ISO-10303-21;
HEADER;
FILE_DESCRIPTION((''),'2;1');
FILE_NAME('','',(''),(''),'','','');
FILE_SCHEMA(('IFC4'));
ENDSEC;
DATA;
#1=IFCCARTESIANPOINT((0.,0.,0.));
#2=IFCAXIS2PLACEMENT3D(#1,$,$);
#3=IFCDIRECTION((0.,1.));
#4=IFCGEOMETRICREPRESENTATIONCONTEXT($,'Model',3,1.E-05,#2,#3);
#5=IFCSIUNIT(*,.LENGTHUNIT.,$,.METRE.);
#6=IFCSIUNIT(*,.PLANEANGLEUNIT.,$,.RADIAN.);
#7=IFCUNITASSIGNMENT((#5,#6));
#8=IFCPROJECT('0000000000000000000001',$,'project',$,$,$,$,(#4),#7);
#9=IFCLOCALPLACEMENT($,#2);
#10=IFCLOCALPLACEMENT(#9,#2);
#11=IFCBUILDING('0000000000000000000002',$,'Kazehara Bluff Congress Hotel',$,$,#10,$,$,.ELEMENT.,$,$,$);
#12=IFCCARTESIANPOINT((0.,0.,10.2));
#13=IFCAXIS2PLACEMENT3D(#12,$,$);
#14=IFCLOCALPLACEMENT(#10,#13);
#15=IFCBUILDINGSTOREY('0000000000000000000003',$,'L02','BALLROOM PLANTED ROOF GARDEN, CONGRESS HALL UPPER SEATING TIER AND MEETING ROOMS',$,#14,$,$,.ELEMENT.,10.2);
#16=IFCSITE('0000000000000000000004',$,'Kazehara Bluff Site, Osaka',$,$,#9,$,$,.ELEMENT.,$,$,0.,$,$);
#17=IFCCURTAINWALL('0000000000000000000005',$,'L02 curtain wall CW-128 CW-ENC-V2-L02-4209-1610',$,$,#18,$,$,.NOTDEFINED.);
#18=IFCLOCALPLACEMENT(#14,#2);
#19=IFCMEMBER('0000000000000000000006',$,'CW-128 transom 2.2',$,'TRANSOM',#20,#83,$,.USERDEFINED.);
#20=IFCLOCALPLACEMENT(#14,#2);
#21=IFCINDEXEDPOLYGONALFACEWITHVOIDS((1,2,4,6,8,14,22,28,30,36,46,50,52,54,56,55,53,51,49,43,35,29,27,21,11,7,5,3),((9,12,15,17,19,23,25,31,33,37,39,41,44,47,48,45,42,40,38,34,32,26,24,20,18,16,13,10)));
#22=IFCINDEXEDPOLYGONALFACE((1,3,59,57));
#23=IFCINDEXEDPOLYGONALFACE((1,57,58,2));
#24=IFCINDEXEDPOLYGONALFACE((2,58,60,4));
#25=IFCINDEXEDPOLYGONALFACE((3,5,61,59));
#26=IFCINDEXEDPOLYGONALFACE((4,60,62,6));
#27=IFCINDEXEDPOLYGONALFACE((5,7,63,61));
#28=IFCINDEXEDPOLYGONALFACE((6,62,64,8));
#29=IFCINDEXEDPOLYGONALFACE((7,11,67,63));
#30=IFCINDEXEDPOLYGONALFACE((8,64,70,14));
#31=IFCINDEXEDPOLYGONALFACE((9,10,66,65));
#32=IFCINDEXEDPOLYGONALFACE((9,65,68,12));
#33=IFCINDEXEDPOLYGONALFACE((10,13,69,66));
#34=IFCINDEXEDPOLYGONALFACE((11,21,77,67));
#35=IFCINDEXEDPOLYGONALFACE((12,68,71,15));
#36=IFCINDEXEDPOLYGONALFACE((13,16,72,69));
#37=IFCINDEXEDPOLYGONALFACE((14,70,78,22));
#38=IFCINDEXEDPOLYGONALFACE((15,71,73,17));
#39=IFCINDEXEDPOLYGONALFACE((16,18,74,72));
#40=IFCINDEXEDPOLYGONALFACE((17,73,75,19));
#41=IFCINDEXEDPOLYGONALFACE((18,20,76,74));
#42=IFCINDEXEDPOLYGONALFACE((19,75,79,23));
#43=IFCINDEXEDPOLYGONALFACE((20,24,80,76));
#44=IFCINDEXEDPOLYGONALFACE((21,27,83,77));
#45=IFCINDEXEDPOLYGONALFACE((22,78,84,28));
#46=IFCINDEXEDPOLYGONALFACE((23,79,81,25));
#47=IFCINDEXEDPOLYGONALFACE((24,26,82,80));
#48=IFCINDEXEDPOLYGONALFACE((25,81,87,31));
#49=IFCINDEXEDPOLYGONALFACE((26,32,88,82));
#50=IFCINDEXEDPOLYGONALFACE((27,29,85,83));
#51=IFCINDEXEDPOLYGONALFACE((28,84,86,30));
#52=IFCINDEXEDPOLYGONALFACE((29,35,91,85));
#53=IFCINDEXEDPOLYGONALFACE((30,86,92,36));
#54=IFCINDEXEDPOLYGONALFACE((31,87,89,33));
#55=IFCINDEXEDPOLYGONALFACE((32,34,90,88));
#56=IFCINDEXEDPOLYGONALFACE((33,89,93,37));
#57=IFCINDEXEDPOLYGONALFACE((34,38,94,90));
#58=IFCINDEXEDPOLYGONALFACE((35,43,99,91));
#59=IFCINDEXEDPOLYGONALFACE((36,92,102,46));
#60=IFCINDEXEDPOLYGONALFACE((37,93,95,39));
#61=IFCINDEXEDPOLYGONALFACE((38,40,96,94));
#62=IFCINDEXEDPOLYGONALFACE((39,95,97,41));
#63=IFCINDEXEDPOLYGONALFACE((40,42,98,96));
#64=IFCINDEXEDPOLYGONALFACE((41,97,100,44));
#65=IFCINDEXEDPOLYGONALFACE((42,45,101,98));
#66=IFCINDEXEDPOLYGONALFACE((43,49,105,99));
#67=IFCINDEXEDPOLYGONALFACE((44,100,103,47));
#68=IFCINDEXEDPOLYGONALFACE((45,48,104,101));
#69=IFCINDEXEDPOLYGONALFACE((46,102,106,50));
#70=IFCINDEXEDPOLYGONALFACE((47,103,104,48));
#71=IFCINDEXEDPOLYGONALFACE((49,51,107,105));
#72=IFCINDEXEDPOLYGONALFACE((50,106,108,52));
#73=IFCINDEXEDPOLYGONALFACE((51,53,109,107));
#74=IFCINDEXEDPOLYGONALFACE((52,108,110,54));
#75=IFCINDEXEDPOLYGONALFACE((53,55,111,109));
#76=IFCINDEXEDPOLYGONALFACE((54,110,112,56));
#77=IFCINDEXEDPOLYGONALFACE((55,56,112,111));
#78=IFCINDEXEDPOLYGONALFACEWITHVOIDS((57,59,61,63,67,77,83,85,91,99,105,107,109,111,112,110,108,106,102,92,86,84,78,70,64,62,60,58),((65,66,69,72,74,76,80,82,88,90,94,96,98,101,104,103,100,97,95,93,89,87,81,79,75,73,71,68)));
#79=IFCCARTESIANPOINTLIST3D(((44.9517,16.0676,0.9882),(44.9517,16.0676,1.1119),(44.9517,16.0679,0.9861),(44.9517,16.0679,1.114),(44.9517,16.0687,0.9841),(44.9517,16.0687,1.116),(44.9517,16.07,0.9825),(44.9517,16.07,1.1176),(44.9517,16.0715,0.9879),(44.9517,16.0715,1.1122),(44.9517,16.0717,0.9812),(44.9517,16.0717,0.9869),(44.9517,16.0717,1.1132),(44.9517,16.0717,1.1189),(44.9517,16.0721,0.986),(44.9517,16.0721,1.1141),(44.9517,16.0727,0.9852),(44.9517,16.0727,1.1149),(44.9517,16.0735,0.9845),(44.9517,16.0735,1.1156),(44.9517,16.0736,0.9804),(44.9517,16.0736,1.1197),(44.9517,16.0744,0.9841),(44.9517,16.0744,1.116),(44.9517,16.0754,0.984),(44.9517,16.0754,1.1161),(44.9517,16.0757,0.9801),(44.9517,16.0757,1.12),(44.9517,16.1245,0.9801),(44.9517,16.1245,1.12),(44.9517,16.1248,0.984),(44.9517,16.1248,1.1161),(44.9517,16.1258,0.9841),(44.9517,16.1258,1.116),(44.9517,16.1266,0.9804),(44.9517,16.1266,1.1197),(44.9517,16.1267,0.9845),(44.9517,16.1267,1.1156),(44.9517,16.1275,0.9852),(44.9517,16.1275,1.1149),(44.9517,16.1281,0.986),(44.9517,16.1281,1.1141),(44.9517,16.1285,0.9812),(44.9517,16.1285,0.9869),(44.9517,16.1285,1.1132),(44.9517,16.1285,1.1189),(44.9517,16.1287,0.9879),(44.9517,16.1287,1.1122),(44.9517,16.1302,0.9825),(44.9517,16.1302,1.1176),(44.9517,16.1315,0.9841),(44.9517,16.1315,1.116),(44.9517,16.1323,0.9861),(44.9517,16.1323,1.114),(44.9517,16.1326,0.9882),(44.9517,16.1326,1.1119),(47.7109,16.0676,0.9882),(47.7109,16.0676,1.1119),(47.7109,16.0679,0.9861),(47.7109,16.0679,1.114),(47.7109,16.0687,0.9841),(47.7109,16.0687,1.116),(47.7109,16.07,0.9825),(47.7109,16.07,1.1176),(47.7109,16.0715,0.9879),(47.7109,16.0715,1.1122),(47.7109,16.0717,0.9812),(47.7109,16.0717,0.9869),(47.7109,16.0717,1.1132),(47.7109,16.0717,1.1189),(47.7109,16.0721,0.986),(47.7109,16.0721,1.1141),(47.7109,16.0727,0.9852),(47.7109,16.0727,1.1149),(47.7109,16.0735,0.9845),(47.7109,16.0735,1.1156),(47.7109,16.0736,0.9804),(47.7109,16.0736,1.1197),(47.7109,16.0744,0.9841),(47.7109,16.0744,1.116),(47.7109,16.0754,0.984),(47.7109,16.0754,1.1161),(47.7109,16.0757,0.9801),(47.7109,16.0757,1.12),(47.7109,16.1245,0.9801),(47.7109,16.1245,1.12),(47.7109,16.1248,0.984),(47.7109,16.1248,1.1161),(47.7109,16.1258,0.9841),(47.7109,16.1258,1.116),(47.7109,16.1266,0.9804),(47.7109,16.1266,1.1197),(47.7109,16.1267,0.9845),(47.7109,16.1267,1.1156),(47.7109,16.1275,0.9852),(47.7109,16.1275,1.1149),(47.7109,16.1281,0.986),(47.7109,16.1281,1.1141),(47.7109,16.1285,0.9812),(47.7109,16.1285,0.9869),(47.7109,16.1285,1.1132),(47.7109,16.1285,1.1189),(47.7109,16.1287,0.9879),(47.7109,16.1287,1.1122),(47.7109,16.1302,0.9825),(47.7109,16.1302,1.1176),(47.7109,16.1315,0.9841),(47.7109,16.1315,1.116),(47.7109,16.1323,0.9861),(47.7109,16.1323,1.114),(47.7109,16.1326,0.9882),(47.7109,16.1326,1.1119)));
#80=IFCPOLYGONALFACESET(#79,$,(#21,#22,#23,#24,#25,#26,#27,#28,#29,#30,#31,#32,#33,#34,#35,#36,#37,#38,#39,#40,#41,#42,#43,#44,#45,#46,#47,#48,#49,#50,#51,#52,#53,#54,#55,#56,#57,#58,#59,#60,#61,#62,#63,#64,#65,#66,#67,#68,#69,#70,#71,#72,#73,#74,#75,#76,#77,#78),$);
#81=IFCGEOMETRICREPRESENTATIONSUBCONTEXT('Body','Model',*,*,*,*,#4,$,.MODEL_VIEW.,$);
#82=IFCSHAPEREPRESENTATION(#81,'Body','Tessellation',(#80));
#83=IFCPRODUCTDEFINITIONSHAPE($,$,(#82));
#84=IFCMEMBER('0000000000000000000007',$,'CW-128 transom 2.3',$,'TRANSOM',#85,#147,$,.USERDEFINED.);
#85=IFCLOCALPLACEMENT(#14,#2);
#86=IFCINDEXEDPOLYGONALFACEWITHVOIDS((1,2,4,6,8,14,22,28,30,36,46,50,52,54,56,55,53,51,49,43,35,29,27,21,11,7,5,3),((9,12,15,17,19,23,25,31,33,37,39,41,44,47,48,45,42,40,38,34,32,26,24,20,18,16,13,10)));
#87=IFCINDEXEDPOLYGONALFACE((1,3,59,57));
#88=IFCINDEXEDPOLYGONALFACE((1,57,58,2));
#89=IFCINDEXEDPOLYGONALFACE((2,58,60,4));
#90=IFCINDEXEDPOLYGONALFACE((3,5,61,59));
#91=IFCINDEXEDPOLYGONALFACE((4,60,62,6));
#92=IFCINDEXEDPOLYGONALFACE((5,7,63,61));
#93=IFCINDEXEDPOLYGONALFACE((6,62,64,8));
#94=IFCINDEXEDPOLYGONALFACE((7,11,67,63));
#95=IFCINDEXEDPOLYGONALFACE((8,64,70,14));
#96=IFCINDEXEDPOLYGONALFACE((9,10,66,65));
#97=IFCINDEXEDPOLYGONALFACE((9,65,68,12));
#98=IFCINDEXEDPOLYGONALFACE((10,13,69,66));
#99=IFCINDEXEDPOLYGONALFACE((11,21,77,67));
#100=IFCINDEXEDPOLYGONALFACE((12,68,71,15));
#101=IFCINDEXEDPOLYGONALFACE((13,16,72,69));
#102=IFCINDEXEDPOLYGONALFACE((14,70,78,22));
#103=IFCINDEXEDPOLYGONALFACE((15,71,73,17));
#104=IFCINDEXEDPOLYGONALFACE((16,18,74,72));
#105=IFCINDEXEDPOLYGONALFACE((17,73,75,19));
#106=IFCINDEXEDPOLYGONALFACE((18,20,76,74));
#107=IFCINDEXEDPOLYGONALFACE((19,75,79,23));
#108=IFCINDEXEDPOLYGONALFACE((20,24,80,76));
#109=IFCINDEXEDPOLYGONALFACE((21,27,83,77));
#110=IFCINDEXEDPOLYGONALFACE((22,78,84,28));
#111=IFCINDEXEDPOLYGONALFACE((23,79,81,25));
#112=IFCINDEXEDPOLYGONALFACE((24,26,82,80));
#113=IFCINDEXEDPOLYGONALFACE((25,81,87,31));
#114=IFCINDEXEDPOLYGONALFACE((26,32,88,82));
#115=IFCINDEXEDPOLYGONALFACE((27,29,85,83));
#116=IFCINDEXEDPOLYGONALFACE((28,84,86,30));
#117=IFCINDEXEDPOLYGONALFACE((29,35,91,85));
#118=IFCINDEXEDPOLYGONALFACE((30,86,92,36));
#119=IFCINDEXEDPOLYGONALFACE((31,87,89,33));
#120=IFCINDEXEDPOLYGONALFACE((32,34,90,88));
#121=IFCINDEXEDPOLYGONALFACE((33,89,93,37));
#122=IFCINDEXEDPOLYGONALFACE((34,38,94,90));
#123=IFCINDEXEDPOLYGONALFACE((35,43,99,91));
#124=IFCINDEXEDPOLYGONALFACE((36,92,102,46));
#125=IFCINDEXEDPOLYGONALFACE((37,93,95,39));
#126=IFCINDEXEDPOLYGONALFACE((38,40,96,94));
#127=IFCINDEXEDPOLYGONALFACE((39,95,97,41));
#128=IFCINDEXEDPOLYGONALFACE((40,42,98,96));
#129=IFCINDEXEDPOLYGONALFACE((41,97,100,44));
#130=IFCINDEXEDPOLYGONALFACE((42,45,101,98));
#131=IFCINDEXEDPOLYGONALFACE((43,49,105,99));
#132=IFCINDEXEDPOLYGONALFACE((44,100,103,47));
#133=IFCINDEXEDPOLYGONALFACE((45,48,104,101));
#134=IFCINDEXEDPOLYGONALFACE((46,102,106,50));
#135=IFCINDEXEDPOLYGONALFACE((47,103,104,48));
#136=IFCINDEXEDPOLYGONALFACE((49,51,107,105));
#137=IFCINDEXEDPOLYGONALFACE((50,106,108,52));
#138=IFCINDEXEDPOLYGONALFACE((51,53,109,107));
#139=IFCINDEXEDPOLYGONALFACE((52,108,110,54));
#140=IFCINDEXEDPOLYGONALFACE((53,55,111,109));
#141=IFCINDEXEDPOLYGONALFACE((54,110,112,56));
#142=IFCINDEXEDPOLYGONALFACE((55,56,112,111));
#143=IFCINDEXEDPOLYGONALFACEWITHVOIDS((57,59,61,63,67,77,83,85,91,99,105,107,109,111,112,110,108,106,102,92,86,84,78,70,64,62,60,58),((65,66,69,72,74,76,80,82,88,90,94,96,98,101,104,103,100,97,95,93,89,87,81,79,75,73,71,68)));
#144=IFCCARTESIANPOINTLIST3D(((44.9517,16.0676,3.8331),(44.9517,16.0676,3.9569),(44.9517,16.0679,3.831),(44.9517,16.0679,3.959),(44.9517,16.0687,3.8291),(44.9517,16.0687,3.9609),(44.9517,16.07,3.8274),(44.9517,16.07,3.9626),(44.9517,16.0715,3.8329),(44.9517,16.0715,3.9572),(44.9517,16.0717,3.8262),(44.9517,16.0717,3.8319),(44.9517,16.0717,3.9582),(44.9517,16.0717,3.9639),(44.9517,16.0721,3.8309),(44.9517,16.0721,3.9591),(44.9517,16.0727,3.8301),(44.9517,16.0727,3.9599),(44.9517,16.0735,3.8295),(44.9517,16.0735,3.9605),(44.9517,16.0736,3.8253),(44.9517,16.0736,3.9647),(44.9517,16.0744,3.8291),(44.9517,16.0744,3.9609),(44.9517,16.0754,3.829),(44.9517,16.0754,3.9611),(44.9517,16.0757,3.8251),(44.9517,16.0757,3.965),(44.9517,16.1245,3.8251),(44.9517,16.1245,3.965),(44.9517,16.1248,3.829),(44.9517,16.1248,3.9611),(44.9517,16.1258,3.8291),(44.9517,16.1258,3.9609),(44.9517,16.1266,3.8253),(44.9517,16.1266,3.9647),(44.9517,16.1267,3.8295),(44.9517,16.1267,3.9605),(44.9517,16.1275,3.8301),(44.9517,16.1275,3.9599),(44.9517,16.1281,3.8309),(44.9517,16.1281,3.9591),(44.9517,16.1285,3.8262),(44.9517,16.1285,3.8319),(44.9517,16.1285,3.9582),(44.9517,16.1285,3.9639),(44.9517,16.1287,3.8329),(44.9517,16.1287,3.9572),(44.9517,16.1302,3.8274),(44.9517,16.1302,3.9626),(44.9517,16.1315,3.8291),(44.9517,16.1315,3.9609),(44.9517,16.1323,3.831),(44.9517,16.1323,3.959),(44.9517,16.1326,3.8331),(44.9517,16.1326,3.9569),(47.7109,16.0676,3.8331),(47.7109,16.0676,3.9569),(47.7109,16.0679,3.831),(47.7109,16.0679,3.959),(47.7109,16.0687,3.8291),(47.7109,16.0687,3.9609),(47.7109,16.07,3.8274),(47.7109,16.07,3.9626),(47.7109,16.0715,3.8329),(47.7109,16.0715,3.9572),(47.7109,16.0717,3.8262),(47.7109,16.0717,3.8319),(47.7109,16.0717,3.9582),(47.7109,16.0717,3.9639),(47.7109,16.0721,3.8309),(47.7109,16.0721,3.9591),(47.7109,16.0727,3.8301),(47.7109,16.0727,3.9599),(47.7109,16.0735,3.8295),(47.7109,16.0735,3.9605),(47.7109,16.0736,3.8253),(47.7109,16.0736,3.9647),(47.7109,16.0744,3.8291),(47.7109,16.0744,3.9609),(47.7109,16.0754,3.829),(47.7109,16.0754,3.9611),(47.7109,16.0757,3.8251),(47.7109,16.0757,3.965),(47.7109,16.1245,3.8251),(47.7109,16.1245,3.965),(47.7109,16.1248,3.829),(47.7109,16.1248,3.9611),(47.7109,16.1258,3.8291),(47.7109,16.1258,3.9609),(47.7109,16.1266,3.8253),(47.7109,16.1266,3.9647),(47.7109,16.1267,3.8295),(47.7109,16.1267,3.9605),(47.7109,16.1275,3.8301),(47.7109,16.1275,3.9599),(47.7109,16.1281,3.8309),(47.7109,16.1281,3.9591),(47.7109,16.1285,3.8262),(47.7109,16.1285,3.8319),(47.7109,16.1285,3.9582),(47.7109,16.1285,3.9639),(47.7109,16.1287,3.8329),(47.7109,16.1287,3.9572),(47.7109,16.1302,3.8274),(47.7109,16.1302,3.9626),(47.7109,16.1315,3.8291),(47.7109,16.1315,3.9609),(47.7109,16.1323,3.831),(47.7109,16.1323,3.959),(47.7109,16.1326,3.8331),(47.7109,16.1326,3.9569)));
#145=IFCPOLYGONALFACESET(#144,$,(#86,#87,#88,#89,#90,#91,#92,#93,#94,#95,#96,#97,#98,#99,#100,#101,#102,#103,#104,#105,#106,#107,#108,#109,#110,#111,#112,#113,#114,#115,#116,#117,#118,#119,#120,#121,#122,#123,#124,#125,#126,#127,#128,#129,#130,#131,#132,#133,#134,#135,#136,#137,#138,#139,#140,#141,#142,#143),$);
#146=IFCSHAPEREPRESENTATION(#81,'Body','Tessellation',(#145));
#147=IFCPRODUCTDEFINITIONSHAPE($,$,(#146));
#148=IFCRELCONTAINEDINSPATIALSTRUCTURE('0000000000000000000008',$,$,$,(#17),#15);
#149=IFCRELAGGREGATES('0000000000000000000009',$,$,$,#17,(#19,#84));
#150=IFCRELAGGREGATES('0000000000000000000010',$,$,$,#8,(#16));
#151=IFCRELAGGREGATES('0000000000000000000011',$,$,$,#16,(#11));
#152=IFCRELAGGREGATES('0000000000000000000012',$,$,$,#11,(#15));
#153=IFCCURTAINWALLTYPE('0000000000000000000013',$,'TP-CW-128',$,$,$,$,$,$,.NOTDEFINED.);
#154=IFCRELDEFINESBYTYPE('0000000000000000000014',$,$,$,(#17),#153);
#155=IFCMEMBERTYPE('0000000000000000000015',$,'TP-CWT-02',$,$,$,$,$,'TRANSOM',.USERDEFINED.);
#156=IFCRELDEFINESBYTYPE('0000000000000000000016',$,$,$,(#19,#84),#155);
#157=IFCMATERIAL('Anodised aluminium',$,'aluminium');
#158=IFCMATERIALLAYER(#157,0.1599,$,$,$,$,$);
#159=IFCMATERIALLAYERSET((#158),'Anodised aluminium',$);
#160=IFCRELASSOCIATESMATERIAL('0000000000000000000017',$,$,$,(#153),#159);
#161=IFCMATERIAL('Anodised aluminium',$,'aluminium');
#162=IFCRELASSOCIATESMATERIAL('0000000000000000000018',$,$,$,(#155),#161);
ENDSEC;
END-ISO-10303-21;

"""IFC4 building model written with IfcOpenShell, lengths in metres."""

from ifc_helpers import new_model, si_unit, direction, frame, origin, origin_2d, place, context, subcontext, project, spatial, hollow_rectangle, extrude, material, layer, layer_set, material_profile, profile_set, type_object, element, aggregate, save


model = new_model("IFC4")

# Units and contexts
model_context = context("Model", 3, precision=1e-05, world=origin(), true_north=direction((0.0, 1.0)))
body_context = subcontext(model_context, "Body", "Model", "MODEL_VIEW")
ifc_project = project(units=[si_unit("LENGTHUNIT", "METRE"), si_unit("PLANEANGLEUNIT", "RADIAN")], contexts=[model_context])

# Site, building, storey
site_placement = place(None, origin())
site = spatial("IfcSite", under=ifc_project, at=site_placement, Name="Kazehara Bluff Site, Osaka", CompositionType="ELEMENT", RefElevation=0.0)
building_placement = place(site_placement, origin())
building = spatial("IfcBuilding", under=site, at=building_placement, Name="Kazehara Bluff Congress Hotel", CompositionType="ELEMENT")
storey_placement = place(building_placement, frame((0.0, 0.0, 10.2)))
storey = spatial("IfcBuildingStorey", under=building, at=storey_placement, Name="L02", Description="BALLROOM PLANTED ROOF GARDEN, CONGRESS HALL UPPER SEATING TIER AND MEETING ROOMS", CompositionType="ELEMENT", Elevation=10.2)

# Curtain wall, members
ifc_material_1 = material(Name="Anodised aluminium", Category="aluminium")
ifc_layer_1 = layer(ifc_material_1, 0.1599)
ifc_layer_set_1 = layer_set([ifc_layer_1], Name="Anodised aluminium")
curtain_wall_type = type_object("IfcCurtainWallType", Name="TP-CW-128", PredefinedType="NOTDEFINED", material=ifc_layer_set_1)
curtain_wall_placement = place(storey_placement, origin())
curtain_wall = element("IfcCurtainWall", 1, at=curtain_wall_placement, inside=storey, type_object=curtain_wall_type, Name="L02 curtain wall CW-128 CW-ENC-V2-L02-4209-1610", PredefinedType="NOTDEFINED")
ifc_material_2 = material(Name="Anodised aluminium", Category="aluminium")
ifc_material_profile_1 = material_profile(ifc_material_2, hollow_rectangle(XDim=0.0649, YDim=0.1399, WallThickness=0.0039, InnerFilletRadius=0.0039, OuterFilletRadius=0.0081, at=origin_2d()))
ifc_profile_set_1 = profile_set([ifc_material_profile_1], Name="Anodised aluminium")
member_type_1 = type_object("IfcMemberType", Name="TP-CWT-02", ElementType="TRANSOM", PredefinedType="USERDEFINED", material=ifc_profile_set_1)
member_1_placement = place(storey_placement, frame((47.7109, 16.1001, 1.05), z_axis=(-1.0, 0.0, 0.0), x_axis=(0.0, -1.0, 0.0)))
member_1 = element("IfcMember", 2, at=member_1_placement, type_object=member_type_1, Name="CW-128 transom 2.2", ObjectType="TRANSOM", PredefinedType="USERDEFINED", context=body_context, shape_type="SweptSolid", body=[
    extrude(hollow_rectangle(XDim=0.0649, YDim=0.1399, WallThickness=0.0039, InnerFilletRadius=0.0039, OuterFilletRadius=0.0081, at=origin_2d()), origin(), (0.0, 0.0, 1.0), 2.7593),
])
member_2_placement = place(storey_placement, frame((47.7109, 16.1001, 3.895), z_axis=(-1.0, 0.0, 0.0), x_axis=(0.0, -1.0, 0.0)))
member_2 = element("IfcMember", 3, at=member_2_placement, type_object=member_type_1, Name="CW-128 transom 2.3", ObjectType="TRANSOM", PredefinedType="USERDEFINED", context=body_context, shape_type="SweptSolid", body=[
    extrude(hollow_rectangle(XDim=0.0649, YDim=0.1399, WallThickness=0.0039, InnerFilletRadius=0.0039, OuterFilletRadius=0.0081, at=origin_2d()), origin(), (0.0, 0.0, 1.0), 2.7593),
])

aggregate(curtain_wall, [member_1, member_2])

save(model, "model.ifc")
